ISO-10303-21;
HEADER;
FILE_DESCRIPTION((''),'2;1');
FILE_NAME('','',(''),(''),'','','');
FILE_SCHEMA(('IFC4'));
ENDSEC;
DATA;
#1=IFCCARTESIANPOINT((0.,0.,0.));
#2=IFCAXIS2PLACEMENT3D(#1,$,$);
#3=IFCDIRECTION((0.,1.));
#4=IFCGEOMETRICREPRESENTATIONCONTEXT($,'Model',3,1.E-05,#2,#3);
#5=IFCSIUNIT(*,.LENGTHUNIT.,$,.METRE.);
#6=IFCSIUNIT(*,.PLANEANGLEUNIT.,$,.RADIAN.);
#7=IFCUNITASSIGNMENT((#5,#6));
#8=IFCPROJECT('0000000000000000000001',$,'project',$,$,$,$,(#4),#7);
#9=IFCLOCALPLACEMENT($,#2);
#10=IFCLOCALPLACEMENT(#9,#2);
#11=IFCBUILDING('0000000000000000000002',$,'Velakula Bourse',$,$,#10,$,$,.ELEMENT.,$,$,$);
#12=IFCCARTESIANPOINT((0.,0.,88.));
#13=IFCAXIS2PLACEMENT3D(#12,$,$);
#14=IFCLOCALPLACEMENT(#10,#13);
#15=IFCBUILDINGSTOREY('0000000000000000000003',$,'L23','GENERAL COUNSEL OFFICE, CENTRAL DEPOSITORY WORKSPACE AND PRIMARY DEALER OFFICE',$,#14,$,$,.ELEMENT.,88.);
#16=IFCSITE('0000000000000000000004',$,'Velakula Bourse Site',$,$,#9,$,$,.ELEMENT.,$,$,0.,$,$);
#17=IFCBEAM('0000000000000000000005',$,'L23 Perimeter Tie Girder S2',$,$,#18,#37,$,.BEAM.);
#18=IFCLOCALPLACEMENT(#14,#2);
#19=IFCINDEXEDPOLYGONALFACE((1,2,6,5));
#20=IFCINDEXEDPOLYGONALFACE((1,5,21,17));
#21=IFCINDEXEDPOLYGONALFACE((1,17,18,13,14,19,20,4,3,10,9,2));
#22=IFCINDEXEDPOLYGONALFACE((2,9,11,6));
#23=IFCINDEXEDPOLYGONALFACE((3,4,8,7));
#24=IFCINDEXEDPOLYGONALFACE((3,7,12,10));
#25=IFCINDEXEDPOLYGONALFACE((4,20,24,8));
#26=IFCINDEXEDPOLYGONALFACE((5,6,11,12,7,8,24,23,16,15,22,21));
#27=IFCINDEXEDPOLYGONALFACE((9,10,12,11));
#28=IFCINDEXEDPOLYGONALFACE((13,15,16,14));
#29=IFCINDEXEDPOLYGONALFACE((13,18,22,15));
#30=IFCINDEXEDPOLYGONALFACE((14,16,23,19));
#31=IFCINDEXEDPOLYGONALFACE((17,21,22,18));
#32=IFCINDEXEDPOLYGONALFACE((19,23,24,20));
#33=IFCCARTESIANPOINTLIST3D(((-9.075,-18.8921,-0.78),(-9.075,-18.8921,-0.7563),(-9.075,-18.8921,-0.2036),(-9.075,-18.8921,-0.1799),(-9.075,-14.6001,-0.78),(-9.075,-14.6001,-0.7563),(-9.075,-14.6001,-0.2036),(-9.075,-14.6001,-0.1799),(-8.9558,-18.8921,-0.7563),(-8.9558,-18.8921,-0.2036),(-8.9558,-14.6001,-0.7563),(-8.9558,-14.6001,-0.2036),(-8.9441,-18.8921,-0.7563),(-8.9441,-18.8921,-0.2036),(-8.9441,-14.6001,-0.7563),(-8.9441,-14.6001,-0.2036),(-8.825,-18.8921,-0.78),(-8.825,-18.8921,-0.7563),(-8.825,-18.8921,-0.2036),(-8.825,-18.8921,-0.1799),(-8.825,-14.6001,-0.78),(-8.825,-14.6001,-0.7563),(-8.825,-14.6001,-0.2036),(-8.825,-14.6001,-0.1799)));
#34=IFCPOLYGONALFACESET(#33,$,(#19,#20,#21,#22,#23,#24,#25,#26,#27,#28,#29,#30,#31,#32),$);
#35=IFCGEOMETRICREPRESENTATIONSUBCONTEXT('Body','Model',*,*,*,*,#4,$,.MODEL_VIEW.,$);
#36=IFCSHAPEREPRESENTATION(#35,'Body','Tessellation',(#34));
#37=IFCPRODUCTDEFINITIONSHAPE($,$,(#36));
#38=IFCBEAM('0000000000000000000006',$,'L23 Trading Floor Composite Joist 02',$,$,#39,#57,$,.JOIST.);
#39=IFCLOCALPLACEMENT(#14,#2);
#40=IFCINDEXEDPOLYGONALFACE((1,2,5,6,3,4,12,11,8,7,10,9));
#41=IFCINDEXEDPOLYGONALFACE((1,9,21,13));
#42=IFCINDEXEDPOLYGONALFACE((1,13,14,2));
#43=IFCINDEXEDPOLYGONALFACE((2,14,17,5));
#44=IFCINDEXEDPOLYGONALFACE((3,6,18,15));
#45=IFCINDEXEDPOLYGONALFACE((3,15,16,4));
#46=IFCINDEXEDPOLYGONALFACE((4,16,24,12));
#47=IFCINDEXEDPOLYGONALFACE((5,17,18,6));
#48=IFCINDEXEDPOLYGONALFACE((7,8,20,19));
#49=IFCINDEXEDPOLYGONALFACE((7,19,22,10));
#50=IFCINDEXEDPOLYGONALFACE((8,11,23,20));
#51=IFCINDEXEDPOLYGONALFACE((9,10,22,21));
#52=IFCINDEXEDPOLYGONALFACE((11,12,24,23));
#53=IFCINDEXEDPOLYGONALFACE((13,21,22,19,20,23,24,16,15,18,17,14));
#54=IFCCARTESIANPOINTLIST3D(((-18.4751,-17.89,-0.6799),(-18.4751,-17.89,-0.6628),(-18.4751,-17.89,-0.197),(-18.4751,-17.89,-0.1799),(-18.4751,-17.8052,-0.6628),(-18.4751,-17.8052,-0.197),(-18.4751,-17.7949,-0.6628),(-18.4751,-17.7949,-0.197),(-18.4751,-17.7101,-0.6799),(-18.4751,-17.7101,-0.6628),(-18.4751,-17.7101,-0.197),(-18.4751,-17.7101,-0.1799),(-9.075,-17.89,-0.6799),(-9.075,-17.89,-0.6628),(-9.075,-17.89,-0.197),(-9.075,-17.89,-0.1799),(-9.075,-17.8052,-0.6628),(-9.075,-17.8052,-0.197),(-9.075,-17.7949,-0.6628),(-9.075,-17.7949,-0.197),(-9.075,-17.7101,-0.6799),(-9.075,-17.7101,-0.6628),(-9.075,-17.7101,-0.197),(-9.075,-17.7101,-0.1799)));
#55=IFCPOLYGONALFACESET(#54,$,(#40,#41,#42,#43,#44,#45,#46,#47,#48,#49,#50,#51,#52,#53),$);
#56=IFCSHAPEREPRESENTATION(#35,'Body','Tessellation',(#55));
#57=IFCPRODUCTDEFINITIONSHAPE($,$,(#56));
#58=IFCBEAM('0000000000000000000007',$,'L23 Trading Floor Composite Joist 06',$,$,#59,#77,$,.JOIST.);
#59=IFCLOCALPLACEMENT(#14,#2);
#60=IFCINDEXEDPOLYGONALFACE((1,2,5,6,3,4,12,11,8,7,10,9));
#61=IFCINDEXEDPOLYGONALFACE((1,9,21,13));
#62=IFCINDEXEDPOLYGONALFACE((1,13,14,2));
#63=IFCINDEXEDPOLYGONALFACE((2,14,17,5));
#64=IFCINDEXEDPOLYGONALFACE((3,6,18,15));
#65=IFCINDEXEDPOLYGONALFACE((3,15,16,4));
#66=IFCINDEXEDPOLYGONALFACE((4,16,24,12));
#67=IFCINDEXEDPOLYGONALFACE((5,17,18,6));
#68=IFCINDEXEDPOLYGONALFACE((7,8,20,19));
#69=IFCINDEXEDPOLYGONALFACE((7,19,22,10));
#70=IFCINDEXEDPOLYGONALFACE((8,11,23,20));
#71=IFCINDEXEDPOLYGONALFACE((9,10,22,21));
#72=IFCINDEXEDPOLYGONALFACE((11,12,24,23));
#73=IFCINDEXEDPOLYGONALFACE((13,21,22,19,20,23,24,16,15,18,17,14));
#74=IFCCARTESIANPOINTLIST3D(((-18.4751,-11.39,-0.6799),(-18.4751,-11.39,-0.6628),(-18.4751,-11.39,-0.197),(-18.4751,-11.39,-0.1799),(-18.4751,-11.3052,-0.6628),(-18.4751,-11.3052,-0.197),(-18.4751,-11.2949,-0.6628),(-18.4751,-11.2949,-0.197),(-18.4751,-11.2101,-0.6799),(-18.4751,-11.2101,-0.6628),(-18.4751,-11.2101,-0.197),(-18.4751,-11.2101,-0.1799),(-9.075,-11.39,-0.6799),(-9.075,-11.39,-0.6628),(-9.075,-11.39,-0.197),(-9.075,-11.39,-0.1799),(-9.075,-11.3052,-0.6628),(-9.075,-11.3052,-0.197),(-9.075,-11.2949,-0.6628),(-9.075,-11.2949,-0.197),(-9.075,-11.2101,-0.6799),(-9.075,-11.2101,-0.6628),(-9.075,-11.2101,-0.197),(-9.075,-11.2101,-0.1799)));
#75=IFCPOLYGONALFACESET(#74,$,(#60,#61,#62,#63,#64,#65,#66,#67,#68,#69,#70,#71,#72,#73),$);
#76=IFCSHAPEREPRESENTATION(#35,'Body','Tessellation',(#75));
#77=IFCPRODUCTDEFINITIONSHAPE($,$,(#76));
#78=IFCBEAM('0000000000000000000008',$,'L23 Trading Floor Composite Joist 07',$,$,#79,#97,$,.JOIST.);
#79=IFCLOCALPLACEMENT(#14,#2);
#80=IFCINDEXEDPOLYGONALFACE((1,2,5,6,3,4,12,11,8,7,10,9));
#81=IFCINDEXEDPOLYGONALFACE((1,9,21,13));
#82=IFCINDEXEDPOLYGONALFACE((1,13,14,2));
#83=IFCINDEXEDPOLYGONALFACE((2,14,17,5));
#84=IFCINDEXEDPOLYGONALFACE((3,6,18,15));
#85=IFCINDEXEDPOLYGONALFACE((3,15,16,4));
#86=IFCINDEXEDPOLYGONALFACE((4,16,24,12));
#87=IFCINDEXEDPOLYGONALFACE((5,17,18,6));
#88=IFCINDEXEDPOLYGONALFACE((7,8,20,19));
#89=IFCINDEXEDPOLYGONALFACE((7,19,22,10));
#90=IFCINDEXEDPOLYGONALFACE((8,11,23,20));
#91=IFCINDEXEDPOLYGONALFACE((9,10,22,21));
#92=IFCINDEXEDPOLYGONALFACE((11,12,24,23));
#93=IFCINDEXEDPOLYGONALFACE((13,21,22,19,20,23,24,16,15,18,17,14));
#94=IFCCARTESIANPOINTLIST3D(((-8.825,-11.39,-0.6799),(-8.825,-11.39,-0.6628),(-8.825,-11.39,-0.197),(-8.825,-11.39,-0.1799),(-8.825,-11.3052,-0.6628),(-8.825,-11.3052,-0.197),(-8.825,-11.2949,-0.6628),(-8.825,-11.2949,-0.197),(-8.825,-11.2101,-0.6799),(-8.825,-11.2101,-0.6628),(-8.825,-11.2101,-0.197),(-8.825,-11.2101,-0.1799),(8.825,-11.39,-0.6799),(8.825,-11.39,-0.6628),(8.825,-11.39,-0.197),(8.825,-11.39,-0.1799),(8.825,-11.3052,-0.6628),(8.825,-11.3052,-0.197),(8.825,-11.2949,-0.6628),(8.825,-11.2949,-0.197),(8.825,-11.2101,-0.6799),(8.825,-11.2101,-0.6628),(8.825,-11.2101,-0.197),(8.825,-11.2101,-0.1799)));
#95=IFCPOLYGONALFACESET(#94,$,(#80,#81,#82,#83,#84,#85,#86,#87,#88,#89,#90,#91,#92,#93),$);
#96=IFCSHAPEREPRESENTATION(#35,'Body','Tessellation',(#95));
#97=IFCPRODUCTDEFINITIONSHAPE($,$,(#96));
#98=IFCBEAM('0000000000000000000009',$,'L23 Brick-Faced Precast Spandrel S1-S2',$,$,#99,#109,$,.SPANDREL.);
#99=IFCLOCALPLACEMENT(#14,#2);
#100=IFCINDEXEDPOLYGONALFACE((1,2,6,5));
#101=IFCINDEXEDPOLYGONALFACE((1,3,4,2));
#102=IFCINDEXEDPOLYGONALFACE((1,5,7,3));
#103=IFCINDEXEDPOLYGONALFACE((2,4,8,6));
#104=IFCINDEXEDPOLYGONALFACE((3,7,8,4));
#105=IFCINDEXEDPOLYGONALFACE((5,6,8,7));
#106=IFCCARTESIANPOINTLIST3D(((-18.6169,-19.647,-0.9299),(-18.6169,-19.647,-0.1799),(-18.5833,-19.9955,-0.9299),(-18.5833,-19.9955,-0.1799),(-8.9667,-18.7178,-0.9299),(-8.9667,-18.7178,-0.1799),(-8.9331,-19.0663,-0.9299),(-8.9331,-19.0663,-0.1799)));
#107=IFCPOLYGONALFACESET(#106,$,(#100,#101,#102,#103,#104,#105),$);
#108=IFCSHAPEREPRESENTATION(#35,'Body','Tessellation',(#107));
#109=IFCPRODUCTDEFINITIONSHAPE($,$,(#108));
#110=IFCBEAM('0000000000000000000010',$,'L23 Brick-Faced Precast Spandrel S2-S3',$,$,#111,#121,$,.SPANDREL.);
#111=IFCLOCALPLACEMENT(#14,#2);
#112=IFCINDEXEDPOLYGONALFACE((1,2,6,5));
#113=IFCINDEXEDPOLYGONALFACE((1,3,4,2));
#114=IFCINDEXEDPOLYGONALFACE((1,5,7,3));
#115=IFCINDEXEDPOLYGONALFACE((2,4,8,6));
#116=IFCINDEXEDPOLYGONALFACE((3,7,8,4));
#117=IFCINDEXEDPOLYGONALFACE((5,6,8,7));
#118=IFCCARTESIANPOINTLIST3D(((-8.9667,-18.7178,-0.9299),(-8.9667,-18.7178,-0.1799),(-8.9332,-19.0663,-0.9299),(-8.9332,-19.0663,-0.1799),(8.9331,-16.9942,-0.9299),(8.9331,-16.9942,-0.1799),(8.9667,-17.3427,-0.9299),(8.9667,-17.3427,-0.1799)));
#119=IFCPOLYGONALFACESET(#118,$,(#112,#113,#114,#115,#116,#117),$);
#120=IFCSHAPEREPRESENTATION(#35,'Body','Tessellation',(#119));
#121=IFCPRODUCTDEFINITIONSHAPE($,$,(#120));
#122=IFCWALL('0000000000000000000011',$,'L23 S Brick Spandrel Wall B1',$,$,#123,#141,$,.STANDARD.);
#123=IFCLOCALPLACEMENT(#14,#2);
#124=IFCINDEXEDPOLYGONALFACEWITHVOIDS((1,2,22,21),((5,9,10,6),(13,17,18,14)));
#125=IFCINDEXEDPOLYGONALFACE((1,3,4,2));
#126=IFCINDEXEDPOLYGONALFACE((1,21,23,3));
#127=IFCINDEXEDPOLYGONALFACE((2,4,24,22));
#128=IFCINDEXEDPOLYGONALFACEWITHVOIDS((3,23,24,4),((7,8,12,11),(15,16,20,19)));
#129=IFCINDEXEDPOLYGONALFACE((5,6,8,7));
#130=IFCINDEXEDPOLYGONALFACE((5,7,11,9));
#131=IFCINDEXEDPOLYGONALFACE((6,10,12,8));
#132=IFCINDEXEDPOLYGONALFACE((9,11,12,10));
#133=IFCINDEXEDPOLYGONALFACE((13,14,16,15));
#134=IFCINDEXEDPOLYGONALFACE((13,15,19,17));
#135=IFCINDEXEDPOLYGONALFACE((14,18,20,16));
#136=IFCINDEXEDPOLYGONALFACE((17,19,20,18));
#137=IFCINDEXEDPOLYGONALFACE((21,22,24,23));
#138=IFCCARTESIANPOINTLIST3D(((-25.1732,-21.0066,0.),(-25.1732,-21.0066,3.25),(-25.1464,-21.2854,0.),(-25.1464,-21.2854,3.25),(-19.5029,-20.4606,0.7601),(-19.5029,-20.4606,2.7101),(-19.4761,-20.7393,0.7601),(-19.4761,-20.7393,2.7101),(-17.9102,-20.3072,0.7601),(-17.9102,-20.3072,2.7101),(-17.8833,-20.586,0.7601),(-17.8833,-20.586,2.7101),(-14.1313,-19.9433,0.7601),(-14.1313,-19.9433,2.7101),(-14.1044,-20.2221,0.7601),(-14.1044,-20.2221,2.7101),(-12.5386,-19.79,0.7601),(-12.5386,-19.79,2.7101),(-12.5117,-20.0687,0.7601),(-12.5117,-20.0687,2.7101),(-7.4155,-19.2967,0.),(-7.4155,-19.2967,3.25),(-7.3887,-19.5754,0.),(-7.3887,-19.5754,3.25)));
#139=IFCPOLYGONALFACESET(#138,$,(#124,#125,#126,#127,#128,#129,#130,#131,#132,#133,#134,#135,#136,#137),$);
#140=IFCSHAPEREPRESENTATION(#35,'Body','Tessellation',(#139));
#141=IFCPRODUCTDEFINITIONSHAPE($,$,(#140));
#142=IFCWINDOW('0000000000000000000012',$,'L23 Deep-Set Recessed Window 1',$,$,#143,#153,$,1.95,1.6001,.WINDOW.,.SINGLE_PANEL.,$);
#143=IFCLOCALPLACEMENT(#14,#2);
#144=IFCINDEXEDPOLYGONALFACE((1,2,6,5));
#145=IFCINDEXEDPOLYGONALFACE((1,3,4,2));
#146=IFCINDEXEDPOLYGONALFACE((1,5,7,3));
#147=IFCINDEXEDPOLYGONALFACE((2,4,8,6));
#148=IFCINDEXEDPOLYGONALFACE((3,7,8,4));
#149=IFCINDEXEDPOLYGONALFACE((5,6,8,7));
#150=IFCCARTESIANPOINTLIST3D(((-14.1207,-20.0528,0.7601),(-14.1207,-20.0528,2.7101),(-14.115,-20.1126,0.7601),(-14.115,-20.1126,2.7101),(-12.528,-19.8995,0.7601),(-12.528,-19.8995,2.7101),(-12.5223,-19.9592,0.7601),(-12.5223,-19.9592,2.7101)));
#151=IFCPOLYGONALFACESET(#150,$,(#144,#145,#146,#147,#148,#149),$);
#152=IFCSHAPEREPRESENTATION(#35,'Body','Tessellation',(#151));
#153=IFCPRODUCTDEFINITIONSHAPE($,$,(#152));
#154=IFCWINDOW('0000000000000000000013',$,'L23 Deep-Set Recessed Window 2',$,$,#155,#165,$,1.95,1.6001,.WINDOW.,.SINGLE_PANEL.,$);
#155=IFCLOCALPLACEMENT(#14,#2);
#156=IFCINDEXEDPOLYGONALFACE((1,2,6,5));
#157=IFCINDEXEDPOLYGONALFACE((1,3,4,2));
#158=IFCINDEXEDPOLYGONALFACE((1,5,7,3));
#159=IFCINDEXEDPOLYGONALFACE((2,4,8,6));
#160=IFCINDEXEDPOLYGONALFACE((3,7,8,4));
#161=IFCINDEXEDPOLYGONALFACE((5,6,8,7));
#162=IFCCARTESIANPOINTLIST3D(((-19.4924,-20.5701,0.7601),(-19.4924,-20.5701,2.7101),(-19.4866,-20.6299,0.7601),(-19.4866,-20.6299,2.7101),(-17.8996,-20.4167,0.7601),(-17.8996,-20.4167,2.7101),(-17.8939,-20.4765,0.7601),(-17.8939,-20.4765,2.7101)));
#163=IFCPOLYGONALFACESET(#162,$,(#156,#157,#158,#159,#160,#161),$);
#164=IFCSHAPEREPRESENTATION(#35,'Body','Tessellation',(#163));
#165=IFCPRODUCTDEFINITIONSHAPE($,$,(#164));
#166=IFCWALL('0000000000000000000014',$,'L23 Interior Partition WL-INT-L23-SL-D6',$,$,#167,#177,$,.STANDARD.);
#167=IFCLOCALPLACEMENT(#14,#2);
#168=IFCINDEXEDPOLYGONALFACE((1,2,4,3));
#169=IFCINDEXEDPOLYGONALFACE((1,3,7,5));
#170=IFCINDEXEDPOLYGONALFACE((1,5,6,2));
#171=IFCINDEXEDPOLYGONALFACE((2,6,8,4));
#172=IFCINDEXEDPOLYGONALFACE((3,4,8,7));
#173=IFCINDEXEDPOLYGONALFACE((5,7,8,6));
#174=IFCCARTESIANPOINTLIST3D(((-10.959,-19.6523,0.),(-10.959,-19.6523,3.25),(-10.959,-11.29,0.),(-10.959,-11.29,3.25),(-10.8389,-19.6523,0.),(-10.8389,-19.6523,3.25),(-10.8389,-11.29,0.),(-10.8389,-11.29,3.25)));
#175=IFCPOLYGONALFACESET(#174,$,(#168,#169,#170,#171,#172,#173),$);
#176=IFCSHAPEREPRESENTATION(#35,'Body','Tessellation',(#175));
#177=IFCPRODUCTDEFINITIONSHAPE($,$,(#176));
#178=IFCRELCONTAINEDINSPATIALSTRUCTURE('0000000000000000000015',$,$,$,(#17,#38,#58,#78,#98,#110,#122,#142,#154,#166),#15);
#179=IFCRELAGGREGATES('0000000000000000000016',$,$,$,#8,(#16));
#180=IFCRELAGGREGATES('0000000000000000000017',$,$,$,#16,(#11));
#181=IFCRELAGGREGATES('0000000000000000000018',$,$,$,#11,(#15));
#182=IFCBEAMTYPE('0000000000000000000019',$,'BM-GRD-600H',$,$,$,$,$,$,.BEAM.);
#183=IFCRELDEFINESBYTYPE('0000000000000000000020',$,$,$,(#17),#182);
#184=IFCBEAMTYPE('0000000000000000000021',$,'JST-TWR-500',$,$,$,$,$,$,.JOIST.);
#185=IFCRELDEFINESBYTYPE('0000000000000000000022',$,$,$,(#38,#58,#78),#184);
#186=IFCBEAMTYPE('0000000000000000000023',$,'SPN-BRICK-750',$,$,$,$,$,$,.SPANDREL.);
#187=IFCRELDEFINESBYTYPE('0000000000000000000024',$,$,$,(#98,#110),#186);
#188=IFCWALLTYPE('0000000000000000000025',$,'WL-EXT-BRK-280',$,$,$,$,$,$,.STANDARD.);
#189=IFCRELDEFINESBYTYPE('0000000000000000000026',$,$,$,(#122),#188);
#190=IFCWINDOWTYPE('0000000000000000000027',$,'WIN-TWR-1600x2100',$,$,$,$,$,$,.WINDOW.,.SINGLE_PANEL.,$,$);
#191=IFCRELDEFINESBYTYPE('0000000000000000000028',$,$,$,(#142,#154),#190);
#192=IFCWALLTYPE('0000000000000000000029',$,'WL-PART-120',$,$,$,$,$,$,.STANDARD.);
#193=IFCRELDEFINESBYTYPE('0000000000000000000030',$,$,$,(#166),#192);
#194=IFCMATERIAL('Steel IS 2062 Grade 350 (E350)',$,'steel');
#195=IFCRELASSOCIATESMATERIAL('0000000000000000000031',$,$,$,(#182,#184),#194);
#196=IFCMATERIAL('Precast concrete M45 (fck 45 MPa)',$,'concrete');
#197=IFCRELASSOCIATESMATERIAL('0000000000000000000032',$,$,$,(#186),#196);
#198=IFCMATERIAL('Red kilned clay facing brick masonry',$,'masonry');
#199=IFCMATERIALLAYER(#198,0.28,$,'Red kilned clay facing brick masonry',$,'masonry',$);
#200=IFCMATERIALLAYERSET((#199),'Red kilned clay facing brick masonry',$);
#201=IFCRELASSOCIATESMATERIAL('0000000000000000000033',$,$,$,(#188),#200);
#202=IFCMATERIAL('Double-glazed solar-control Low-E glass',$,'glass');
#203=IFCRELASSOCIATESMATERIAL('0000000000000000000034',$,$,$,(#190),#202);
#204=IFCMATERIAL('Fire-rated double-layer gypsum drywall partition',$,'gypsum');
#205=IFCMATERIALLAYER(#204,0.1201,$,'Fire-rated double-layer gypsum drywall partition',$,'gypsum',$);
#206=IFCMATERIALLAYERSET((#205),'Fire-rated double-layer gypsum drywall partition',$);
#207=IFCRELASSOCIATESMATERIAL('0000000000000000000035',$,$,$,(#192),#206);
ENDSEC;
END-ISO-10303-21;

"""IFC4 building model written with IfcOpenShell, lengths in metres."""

from ifc_helpers import new_model, si_unit, direction, frame, frame_2d, origin, origin_2d, place, context, subcontext, project, spatial, rectangle, i_section, extrude, material, layer, layer_set, material_profile, profile_set, type_object, element, fill, save


model = new_model("IFC4")

# Units and contexts
model_context = context("Model", 3, precision=1e-05, world=origin(), true_north=direction((0.0, 1.0)))
body_context = subcontext(model_context, "Body", "Model", "MODEL_VIEW")
ifc_project = project(units=[si_unit("LENGTHUNIT", "METRE"), si_unit("PLANEANGLEUNIT", "RADIAN")], contexts=[model_context])

# Site, building, storey
site_placement = place(None, origin())
site = spatial("IfcSite", under=ifc_project, at=site_placement, Name="Velakula Bourse Site", CompositionType="ELEMENT", RefElevation=0.0)
building_placement = place(site_placement, origin())
building = spatial("IfcBuilding", under=site, at=building_placement, Name="Velakula Bourse", CompositionType="ELEMENT")
storey_placement = place(building_placement, frame((0.0, 0.0, 88.0)))
storey = spatial("IfcBuildingStorey", under=building, at=storey_placement, Name="L23", Description="GENERAL COUNSEL OFFICE, CENTRAL DEPOSITORY WORKSPACE AND PRIMARY DEALER OFFICE", CompositionType="ELEMENT", Elevation=88.0)

# Beams
ifc_material_1 = material(Name="Steel IS 2062 Grade 350 (E350)", Category="steel")
ifc_material_profile_1 = material_profile(ifc_material_1, i_section(OverallWidth=0.25, OverallDepth=0.6001, WebThickness=0.0117, FlangeThickness=0.0237, at=origin_2d()), Name="Steel IS 2062 Grade 350 (E350)")
ifc_profile_set_1 = profile_set([ifc_material_profile_1], Name="Steel IS 2062 Grade 350 (E350)")
beam_type_1 = type_object("IfcBeamType", Name="BM-GRD-600H", PredefinedType="BEAM", material=ifc_profile_set_1)
beam_1_placement = place(storey_placement, frame((-8.95, -14.6001, -0.48), z_axis=(0.0, -1.0, 0.0), x_axis=(1.0, 0.0, 0.0)))
element("IfcBeam", 1, at=beam_1_placement, inside=storey, type_object=beam_type_1, Name="L23 Perimeter Tie Girder S2", PredefinedType="BEAM", context=body_context, shape_type="SweptSolid", body=[
    extrude(i_section(OverallWidth=0.25, OverallDepth=0.6001, WebThickness=0.0117, FlangeThickness=0.0237, at=origin_2d()), origin(), (0.0, 0.0, 1.0), 4.292),
])
ifc_material_profile_2 = material_profile(ifc_material_1, i_section(OverallWidth=0.1799, OverallDepth=0.5, WebThickness=0.0103, FlangeThickness=0.0171, at=origin_2d()), Name="Steel IS 2062 Grade 350 (E350)")
ifc_profile_set_2 = profile_set([ifc_material_profile_2], Name="Steel IS 2062 Grade 350 (E350)")
beam_type_2 = type_object("IfcBeamType", Name="JST-TWR-500", PredefinedType="JOIST", material=ifc_profile_set_2)
for number, where, z_axis, x_axis, name in (
    (2, (-18.4751, -17.8, -0.4299), (1.0, 0.0, 0.0), (0.0, 1.0, 0.0), "L23 Trading Floor Composite Joist 02"),
    (3, (-18.4751, -11.3, -0.4299), (1.0, 0.0, 0.0), (0.0, 1.0, 0.0), "L23 Trading Floor Composite Joist 06"),
):
    element("IfcBeam", number, at=place(storey_placement, frame(where, z_axis=z_axis, x_axis=x_axis)), inside=storey, type_object=beam_type_2, Name=name, PredefinedType="JOIST", context=body_context, shape_type="SweptSolid", body=[
        extrude(i_section(OverallWidth=0.1799, OverallDepth=0.5, WebThickness=0.0103, FlangeThickness=0.0171, at=origin_2d()), origin(), (0.0, 0.0, 1.0), 9.4001),
    ])
beam_2_placement = place(storey_placement, frame((-8.825, -11.3, -0.4299), z_axis=(1.0, 0.0, 0.0), x_axis=(0.0, 1.0, 0.0)))
element("IfcBeam", 4, at=beam_2_placement, inside=storey, type_object=beam_type_2, Name="L23 Trading Floor Composite Joist 07", PredefinedType="JOIST", context=body_context, shape_type="SweptSolid", body=[
    extrude(i_section(OverallWidth=0.1799, OverallDepth=0.5, WebThickness=0.0103, FlangeThickness=0.0171, at=origin_2d()), origin(), (0.0, 0.0, 1.0), 17.6499),
])
ifc_material_2 = material(Name="Precast concrete M45 (fck 45 MPa)", Category="concrete")
ifc_material_profile_3 = material_profile(ifc_material_2, rectangle(XDim=0.3501, YDim=0.75, at=origin_2d()), Name="Precast concrete M45 (fck 45 MPa)")
ifc_profile_set_3 = profile_set([ifc_material_profile_3], Name="Precast concrete M45 (fck 45 MPa)")
beam_type_3 = type_object("IfcBeamType", Name="SPN-BRICK-750", PredefinedType="SPANDREL", material=ifc_profile_set_3)
beam_3_placement = place(storey_placement, frame((-18.6001, -19.8213, -0.5549), z_axis=(0.995396, 0.095845, 0.0), x_axis=(-0.095845, 0.995396, 0.0)))
element("IfcBeam", 5, at=beam_3_placement, inside=storey, type_object=beam_type_3, Name="L23 Brick-Faced Precast Spandrel S1-S2", PredefinedType="SPANDREL", context=body_context, shape_type="SweptSolid", body=[
    extrude(rectangle(XDim=0.3501, YDim=0.75, at=origin_2d()), origin(), (0.0, 0.0, 1.0), 9.6948),
])
beam_4_placement = place(storey_placement, frame((-8.95, -18.8921, -0.5549), z_axis=(0.995396, 0.09585, 0.0), x_axis=(-0.09585, 0.995396, 0.0)))
element("IfcBeam", 6, at=beam_4_placement, inside=storey, type_object=beam_type_3, Name="L23 Brick-Faced Precast Spandrel S2-S3", PredefinedType="SPANDREL", context=body_context, shape_type="SweptSolid", body=[
    extrude(rectangle(XDim=0.3501, YDim=0.75, at=origin_2d()), origin(), (0.0, 0.0, 1.0), 17.9827),
])

# Wall, openings, windows
ifc_material_3 = material(Name="Red kilned clay facing brick masonry", Category="masonry")
ifc_layer_1 = layer(ifc_material_3, 0.28, Name="Red kilned clay facing brick masonry", Category="masonry")
ifc_layer_set_1 = layer_set([ifc_layer_1], Name="Red kilned clay facing brick masonry")
wall_type_1 = type_object("IfcWallType", Name="WL-EXT-BRK-280", PredefinedType="STANDARD", material=ifc_layer_set_1)
wall_1_placement = place(storey_placement, frame((-7.4021, -19.436, 0.0), z_axis=(0.0, 0.0, 1.0), x_axis=(-0.995396, -0.09585, 0.0)))
wall_1 = element("IfcWall", 7, at=wall_1_placement, inside=storey, type_object=wall_type_1, Name="L23 S Brick Spandrel Wall B1", PredefinedType="STANDARD", context=body_context, shape_type="SweptSolid", body=[
    extrude(rectangle(XDim=17.8398, YDim=0.28, at=frame_2d((8.9199, 0.0))), origin(), (0.0, 0.0, 1.0), 3.25),
])
opening_1_placement = place(wall_1_placement, frame((5.1467, 0.0, 0.76)))
opening_1 = element("IfcOpeningElement", 8, at=opening_1_placement, cuts=wall_1, PredefinedType="OPENING", context=body_context, shape_type="SweptSolid", body=[
    extrude(rectangle(XDim=1.6001, YDim=1.95, at=frame_2d((0.8, 0.9751))), frame((0.0, 0.1499, 0.0), z_axis=(0.0, -1.0, 0.0), x_axis=(1.0, 0.0, 0.0)), (0.0, 0.0, 1.0), 0.3),
])
opening_2_placement = place(wall_1_placement, frame((10.5432, 0.0, 0.76)))
opening_2 = element("IfcOpeningElement", 9, at=opening_2_placement, cuts=wall_1, PredefinedType="OPENING", context=body_context, shape_type="SweptSolid", body=[
    extrude(rectangle(XDim=1.6001, YDim=1.95, at=frame_2d((0.8, 0.9751))), frame((0.0, 0.1499, 0.0), z_axis=(0.0, -1.0, 0.0), x_axis=(1.0, 0.0, 0.0)), (0.0, 0.0, 1.0), 0.3),
])
ifc_material_4 = material(Name="Double-glazed solar-control Low-E glass", Category="glass")
window_type = type_object("IfcWindowType", Name="WIN-TWR-1600x2100", PartitioningType="SINGLE_PANEL", PredefinedType="WINDOW", material=ifc_material_4)
window_1_placement = place(opening_1_placement, origin())
window_1 = element("IfcWindow", 10, at=window_1_placement, inside=storey, type_object=window_type, Name="L23 Deep-Set Recessed Window 1", OverallHeight=1.95, OverallWidth=1.6001, PartitioningType="SINGLE_PANEL", PredefinedType="WINDOW", context=body_context, shape_type="SweptSolid", body=[
    extrude(rectangle(XDim=1.6001, YDim=1.95, at=frame_2d((0.8, 0.9751))), frame((0.0, 0.03, 0.0), z_axis=(0.0, -1.0, 0.0), x_axis=(1.0, 0.0, 0.0)), (0.0, 0.0, 1.0), 0.0601),
])
fill(opening_1, window_1)
window_2_placement = place(opening_2_placement, origin())
window_2 = element("IfcWindow", 11, at=window_2_placement, inside=storey, type_object=window_type, Name="L23 Deep-Set Recessed Window 2", OverallHeight=1.95, OverallWidth=1.6001, PartitioningType="SINGLE_PANEL", PredefinedType="WINDOW", context=body_context, shape_type="SweptSolid", body=[
    extrude(rectangle(XDim=1.6001, YDim=1.95, at=frame_2d((0.8, 0.9751))), frame((0.0, 0.03, 0.0), z_axis=(0.0, -1.0, 0.0), x_axis=(1.0, 0.0, 0.0)), (0.0, 0.0, 1.0), 0.0601),
])
fill(opening_2, window_2)

# Wall
ifc_material_5 = material(Name="Fire-rated double-layer gypsum drywall partition", Category="gypsum")
ifc_layer_2 = layer(ifc_material_5, 0.1201, Name="Fire-rated double-layer gypsum drywall partition", Category="gypsum")
ifc_layer_set_2 = layer_set([ifc_layer_2], Name="Fire-rated double-layer gypsum drywall partition")
wall_type_2 = type_object("IfcWallType", Name="WL-PART-120", PredefinedType="STANDARD", material=ifc_layer_set_2)
wall_2_placement = place(storey_placement, frame((-10.8989, -19.6523, 0.0), z_axis=(0.0, 0.0, 1.0), x_axis=(0.0, 1.0, 0.0)))
element("IfcWall", 12, at=wall_2_placement, inside=storey, type_object=wall_type_2, Name="L23 Interior Partition WL-INT-L23-SL-D6", PredefinedType="STANDARD", context=body_context, shape_type="SweptSolid", body=[
    extrude(rectangle(XDim=8.3623, YDim=0.1201, at=frame_2d((4.1812, 0.0))), origin(), (0.0, 0.0, 1.0), 3.25),
])

save(model, "model.ifc")
